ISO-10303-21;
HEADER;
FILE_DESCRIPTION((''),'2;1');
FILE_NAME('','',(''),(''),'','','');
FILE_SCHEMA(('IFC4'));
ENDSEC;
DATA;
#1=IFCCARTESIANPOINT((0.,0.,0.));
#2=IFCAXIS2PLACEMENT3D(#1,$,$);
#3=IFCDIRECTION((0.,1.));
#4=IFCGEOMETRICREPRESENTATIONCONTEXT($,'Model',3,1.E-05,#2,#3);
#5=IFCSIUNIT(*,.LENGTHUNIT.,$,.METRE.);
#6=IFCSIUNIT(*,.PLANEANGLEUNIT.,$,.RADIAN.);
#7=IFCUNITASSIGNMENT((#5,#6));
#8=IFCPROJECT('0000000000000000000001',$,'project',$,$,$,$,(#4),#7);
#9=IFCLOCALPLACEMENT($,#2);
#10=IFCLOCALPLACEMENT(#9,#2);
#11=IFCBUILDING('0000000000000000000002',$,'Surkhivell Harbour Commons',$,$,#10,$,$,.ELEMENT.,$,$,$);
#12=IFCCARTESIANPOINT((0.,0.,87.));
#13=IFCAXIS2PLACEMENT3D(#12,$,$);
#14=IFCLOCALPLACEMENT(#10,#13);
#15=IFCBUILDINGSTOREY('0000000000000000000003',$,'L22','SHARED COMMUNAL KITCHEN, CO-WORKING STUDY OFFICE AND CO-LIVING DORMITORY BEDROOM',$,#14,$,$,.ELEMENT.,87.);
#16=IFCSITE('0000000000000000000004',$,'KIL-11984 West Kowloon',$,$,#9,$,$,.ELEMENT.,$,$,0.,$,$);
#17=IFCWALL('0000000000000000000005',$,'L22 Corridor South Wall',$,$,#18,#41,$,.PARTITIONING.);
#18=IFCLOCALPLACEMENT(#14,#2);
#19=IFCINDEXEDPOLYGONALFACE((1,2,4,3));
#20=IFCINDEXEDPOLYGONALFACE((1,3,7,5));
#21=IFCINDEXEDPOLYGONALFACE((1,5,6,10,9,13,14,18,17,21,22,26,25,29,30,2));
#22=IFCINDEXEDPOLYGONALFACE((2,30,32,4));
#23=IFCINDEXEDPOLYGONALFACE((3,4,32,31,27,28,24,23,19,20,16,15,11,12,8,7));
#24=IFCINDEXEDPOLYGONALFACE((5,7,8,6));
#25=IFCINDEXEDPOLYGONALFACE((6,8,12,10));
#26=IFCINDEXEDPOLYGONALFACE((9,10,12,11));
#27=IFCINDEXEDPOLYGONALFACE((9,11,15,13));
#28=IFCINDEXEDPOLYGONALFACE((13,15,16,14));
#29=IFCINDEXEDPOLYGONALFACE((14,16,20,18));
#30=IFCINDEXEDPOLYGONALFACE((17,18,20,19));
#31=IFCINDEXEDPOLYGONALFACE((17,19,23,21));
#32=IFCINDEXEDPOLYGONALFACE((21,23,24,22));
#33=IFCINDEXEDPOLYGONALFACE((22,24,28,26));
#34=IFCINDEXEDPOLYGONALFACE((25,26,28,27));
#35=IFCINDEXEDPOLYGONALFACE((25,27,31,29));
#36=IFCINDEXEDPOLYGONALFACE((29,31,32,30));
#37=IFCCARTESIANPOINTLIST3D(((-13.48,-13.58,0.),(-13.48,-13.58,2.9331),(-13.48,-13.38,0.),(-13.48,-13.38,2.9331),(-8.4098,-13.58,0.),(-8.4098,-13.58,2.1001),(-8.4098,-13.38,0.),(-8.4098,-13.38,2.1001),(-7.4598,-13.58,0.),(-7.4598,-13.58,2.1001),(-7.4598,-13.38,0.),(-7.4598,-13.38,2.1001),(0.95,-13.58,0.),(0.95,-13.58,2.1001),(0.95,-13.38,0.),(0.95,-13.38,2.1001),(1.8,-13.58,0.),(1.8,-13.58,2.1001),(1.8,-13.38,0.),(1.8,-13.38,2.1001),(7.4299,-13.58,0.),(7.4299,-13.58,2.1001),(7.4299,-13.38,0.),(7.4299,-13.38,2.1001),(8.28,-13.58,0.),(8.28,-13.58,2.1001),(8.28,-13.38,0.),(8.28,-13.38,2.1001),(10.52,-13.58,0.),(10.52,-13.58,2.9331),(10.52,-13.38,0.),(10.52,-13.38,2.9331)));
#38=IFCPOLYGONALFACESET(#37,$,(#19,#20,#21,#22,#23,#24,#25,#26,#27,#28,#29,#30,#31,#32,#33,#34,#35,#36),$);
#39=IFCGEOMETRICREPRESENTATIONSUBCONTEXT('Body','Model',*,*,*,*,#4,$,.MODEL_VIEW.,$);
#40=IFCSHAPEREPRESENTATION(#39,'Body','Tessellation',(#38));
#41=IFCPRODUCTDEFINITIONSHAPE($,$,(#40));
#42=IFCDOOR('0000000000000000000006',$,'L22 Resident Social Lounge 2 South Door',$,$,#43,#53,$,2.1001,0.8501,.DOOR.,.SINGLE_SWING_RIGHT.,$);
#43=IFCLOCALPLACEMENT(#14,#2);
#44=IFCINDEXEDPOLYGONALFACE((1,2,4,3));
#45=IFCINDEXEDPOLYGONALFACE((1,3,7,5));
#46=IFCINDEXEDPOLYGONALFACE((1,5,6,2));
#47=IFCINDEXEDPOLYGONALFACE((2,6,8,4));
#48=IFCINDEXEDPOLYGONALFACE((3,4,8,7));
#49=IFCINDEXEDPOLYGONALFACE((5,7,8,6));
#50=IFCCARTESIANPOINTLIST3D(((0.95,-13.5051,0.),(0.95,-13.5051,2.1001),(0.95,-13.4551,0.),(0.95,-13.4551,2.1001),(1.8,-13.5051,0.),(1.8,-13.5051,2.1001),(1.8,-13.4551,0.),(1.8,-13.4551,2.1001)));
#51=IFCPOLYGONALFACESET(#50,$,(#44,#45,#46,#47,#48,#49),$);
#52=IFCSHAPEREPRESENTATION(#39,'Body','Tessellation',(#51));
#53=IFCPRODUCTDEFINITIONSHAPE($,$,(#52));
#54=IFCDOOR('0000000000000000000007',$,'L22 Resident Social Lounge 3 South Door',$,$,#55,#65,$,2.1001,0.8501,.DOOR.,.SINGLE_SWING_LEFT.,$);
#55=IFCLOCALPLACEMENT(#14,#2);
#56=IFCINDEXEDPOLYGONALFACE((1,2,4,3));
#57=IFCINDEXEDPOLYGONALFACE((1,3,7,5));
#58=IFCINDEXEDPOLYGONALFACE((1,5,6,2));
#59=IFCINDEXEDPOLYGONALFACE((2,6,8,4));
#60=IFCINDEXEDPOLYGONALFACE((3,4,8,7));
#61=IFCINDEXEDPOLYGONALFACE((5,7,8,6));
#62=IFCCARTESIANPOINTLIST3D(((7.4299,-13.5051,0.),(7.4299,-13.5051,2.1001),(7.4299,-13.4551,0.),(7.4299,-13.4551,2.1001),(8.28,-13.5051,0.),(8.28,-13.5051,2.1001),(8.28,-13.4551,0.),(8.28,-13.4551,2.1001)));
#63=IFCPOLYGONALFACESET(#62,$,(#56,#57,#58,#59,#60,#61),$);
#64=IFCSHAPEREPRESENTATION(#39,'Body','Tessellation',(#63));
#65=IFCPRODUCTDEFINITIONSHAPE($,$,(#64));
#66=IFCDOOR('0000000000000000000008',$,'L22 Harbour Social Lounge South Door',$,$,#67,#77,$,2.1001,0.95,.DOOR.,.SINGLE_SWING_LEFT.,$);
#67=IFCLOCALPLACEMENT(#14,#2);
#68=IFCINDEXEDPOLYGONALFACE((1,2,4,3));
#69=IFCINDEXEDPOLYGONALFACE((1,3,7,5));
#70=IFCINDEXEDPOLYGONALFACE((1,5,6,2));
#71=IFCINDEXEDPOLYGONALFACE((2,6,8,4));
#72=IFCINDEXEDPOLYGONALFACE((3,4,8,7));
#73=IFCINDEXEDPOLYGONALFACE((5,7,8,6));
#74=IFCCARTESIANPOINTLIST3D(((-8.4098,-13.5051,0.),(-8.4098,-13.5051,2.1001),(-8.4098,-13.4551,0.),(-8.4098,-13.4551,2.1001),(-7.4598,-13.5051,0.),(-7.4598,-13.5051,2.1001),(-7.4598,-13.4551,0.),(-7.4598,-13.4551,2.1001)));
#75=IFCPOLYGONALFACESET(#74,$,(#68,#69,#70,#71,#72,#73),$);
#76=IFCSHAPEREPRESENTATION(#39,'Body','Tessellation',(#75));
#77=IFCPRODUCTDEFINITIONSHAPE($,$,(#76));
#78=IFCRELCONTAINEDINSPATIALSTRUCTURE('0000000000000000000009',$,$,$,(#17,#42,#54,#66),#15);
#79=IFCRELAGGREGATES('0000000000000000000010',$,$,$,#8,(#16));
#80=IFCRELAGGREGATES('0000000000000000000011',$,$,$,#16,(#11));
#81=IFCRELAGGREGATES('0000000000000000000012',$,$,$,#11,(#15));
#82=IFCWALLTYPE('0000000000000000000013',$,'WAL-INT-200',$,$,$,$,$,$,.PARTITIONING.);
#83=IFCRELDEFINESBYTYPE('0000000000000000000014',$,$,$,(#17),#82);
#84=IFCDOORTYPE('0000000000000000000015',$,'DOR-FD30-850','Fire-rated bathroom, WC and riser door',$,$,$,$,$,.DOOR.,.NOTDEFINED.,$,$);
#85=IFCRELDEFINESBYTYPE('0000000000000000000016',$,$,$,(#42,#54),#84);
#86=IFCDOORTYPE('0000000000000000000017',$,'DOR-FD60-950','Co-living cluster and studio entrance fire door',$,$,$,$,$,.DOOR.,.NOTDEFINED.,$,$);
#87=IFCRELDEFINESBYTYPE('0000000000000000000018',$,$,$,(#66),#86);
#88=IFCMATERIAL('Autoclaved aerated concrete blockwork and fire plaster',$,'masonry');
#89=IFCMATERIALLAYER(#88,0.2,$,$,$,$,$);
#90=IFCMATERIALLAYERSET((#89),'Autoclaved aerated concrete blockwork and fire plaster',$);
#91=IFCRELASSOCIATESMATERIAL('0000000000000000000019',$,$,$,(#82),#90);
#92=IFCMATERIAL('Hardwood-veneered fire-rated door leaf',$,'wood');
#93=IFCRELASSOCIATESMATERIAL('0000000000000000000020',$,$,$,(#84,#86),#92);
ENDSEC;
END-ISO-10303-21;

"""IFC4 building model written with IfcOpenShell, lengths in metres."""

from ifc_helpers import new_model, si_unit, direction, frame, frame_2d, origin, place, context, subcontext, project, spatial, rectangle, extrude, material, layer, layer_set, type_object, element, fill, save


model = new_model("IFC4")

# Units and contexts
model_context = context("Model", 3, precision=1e-05, world=origin(), true_north=direction((0.0, 1.0)))
body_context = subcontext(model_context, "Body", "Model", "MODEL_VIEW")
ifc_project = project(units=[si_unit("LENGTHUNIT", "METRE"), si_unit("PLANEANGLEUNIT", "RADIAN")], contexts=[model_context])

# Site, building, storey
site_placement = place(None, origin())
site = spatial("IfcSite", under=ifc_project, at=site_placement, Name="KIL-11984 West Kowloon", CompositionType="ELEMENT", RefElevation=0.0)
building_placement = place(site_placement, origin())
building = spatial("IfcBuilding", under=site, at=building_placement, Name="Surkhivell Harbour Commons", CompositionType="ELEMENT")
storey_placement = place(building_placement, frame((0.0, 0.0, 87.0)))
storey = spatial("IfcBuildingStorey", under=building, at=storey_placement, Name="L22", Description="SHARED COMMUNAL KITCHEN, CO-WORKING STUDY OFFICE AND CO-LIVING DORMITORY BEDROOM", CompositionType="ELEMENT", Elevation=87.0)

# Shared definitions
ifc_material_1 = material(Name="Autoclaved aerated concrete blockwork and fire plaster", Category="masonry")
ifc_layer_1 = layer(ifc_material_1, 0.2)
ifc_layer_set_1 = layer_set([ifc_layer_1], Name="Autoclaved aerated concrete blockwork and fire plaster")
wall_type_1 = type_object("IfcWallType", Name="WAL-INT-200", PredefinedType="PARTITIONING", material=ifc_layer_set_1)

# Wall, openings, doors
wall_1_placement = place(storey_placement, frame((-13.48, -13.48, 0.0), z_axis=(0.0, 0.0, 1.0), x_axis=(1.0, 0.0, 0.0)))
wall_1 = element("IfcWall", 1, at=wall_1_placement, inside=storey, type_object=wall_type_1, Name="L22 Corridor South Wall", PredefinedType="PARTITIONING", context=body_context, shape_type="SweptSolid", body=[
    extrude(rectangle(XDim=24.0, YDim=0.2, at=frame_2d((12.0, 0.0))), origin(), (0.0, 0.0, 1.0), 2.9331),
])
opening_1_placement = place(wall_1_placement, frame((5.0701, 0.0, 0.0)))
opening_1 = element("IfcOpeningElement", 2, at=opening_1_placement, cuts=wall_1, PredefinedType="OPENING", context=body_context, shape_type="SweptSolid", body=[
    extrude(rectangle(XDim=0.95, YDim=2.1001, at=frame_2d((0.4751, 1.05))), frame((0.0, 0.1099, 0.0), z_axis=(0.0, -1.0, 0.0), x_axis=(1.0, 0.0, 0.0)), (0.0, 0.0, 1.0), 0.22),
])
opening_2_placement = place(wall_1_placement, frame((14.4299, 0.0, 0.0)))
opening_2 = element("IfcOpeningElement", 3, at=opening_2_placement, cuts=wall_1, PredefinedType="OPENING", context=body_context, shape_type="SweptSolid", body=[
    extrude(rectangle(XDim=0.8501, YDim=2.1001, at=frame_2d((0.425, 1.05))), frame((0.0, 0.1099, 0.0), z_axis=(0.0, -1.0, 0.0), x_axis=(1.0, 0.0, 0.0)), (0.0, 0.0, 1.0), 0.22),
])
opening_3_placement = place(wall_1_placement, frame((20.9099, 0.0, 0.0)))
opening_3 = element("IfcOpeningElement", 4, at=opening_3_placement, cuts=wall_1, PredefinedType="OPENING", context=body_context, shape_type="SweptSolid", body=[
    extrude(rectangle(XDim=0.8501, YDim=2.1001, at=frame_2d((0.425, 1.05))), frame((0.0, 0.1099, 0.0), z_axis=(0.0, -1.0, 0.0), x_axis=(1.0, 0.0, 0.0)), (0.0, 0.0, 1.0), 0.22),
])
ifc_material_2 = material(Name="Hardwood-veneered fire-rated door leaf", Category="wood")
door_type_1 = type_object("IfcDoorType", Name="DOR-FD30-850", Description="Fire-rated bathroom, WC and riser door", OperationType="NOTDEFINED", PredefinedType="DOOR", material=ifc_material_2)
door_1_placement = place(opening_2_placement, origin())
door_1 = element("IfcDoor", 5, at=door_1_placement, inside=storey, type_object=door_type_1, Name="L22 Resident Social Lounge 2 South Door", OperationType="SINGLE_SWING_RIGHT", OverallHeight=2.1001, OverallWidth=0.8501, PredefinedType="DOOR", context=body_context, shape_type="SweptSolid", body=[
    extrude(rectangle(XDim=0.8501, YDim=2.1001, at=frame_2d((0.425, 1.05))), frame((0.0, 0.0249, 0.0), z_axis=(0.0, -1.0, 0.0), x_axis=(1.0, 0.0, 0.0)), (0.0, 0.0, 1.0), 0.05),
])
fill(opening_2, door_1)
door_2_placement = place(opening_3_placement, origin())
door_2 = element("IfcDoor", 6, at=door_2_placement, inside=storey, type_object=door_type_1, Name="L22 Resident Social Lounge 3 South Door", OperationType="SINGLE_SWING_LEFT", OverallHeight=2.1001, OverallWidth=0.8501, PredefinedType="DOOR", context=body_context, shape_type="SweptSolid", body=[
    extrude(rectangle(XDim=0.8501, YDim=2.1001, at=frame_2d((0.425, 1.05))), frame((0.0, 0.0249, 0.0), z_axis=(0.0, -1.0, 0.0), x_axis=(1.0, 0.0, 0.0)), (0.0, 0.0, 1.0), 0.05),
])
fill(opening_3, door_2)
door_type_2 = type_object("IfcDoorType", Name="DOR-FD60-950", Description="Co-living cluster and studio entrance fire door", OperationType="NOTDEFINED", PredefinedType="DOOR", material=ifc_material_2)
door_3_placement = place(opening_1_placement, origin())
door_3 = element("IfcDoor", 7, at=door_3_placement, inside=storey, type_object=door_type_2, Name="L22 Harbour Social Lounge South Door", OperationType="SINGLE_SWING_LEFT", OverallHeight=2.1001, OverallWidth=0.95, PredefinedType="DOOR", context=body_context, shape_type="SweptSolid", body=[
    extrude(rectangle(XDim=0.95, YDim=2.1001, at=frame_2d((0.4751, 1.05))), frame((0.0, 0.0249, 0.0), z_axis=(0.0, -1.0, 0.0), x_axis=(1.0, 0.0, 0.0)), (0.0, 0.0, 1.0), 0.05),
])
fill(opening_1, door_3)

save(model, "model.ifc")
